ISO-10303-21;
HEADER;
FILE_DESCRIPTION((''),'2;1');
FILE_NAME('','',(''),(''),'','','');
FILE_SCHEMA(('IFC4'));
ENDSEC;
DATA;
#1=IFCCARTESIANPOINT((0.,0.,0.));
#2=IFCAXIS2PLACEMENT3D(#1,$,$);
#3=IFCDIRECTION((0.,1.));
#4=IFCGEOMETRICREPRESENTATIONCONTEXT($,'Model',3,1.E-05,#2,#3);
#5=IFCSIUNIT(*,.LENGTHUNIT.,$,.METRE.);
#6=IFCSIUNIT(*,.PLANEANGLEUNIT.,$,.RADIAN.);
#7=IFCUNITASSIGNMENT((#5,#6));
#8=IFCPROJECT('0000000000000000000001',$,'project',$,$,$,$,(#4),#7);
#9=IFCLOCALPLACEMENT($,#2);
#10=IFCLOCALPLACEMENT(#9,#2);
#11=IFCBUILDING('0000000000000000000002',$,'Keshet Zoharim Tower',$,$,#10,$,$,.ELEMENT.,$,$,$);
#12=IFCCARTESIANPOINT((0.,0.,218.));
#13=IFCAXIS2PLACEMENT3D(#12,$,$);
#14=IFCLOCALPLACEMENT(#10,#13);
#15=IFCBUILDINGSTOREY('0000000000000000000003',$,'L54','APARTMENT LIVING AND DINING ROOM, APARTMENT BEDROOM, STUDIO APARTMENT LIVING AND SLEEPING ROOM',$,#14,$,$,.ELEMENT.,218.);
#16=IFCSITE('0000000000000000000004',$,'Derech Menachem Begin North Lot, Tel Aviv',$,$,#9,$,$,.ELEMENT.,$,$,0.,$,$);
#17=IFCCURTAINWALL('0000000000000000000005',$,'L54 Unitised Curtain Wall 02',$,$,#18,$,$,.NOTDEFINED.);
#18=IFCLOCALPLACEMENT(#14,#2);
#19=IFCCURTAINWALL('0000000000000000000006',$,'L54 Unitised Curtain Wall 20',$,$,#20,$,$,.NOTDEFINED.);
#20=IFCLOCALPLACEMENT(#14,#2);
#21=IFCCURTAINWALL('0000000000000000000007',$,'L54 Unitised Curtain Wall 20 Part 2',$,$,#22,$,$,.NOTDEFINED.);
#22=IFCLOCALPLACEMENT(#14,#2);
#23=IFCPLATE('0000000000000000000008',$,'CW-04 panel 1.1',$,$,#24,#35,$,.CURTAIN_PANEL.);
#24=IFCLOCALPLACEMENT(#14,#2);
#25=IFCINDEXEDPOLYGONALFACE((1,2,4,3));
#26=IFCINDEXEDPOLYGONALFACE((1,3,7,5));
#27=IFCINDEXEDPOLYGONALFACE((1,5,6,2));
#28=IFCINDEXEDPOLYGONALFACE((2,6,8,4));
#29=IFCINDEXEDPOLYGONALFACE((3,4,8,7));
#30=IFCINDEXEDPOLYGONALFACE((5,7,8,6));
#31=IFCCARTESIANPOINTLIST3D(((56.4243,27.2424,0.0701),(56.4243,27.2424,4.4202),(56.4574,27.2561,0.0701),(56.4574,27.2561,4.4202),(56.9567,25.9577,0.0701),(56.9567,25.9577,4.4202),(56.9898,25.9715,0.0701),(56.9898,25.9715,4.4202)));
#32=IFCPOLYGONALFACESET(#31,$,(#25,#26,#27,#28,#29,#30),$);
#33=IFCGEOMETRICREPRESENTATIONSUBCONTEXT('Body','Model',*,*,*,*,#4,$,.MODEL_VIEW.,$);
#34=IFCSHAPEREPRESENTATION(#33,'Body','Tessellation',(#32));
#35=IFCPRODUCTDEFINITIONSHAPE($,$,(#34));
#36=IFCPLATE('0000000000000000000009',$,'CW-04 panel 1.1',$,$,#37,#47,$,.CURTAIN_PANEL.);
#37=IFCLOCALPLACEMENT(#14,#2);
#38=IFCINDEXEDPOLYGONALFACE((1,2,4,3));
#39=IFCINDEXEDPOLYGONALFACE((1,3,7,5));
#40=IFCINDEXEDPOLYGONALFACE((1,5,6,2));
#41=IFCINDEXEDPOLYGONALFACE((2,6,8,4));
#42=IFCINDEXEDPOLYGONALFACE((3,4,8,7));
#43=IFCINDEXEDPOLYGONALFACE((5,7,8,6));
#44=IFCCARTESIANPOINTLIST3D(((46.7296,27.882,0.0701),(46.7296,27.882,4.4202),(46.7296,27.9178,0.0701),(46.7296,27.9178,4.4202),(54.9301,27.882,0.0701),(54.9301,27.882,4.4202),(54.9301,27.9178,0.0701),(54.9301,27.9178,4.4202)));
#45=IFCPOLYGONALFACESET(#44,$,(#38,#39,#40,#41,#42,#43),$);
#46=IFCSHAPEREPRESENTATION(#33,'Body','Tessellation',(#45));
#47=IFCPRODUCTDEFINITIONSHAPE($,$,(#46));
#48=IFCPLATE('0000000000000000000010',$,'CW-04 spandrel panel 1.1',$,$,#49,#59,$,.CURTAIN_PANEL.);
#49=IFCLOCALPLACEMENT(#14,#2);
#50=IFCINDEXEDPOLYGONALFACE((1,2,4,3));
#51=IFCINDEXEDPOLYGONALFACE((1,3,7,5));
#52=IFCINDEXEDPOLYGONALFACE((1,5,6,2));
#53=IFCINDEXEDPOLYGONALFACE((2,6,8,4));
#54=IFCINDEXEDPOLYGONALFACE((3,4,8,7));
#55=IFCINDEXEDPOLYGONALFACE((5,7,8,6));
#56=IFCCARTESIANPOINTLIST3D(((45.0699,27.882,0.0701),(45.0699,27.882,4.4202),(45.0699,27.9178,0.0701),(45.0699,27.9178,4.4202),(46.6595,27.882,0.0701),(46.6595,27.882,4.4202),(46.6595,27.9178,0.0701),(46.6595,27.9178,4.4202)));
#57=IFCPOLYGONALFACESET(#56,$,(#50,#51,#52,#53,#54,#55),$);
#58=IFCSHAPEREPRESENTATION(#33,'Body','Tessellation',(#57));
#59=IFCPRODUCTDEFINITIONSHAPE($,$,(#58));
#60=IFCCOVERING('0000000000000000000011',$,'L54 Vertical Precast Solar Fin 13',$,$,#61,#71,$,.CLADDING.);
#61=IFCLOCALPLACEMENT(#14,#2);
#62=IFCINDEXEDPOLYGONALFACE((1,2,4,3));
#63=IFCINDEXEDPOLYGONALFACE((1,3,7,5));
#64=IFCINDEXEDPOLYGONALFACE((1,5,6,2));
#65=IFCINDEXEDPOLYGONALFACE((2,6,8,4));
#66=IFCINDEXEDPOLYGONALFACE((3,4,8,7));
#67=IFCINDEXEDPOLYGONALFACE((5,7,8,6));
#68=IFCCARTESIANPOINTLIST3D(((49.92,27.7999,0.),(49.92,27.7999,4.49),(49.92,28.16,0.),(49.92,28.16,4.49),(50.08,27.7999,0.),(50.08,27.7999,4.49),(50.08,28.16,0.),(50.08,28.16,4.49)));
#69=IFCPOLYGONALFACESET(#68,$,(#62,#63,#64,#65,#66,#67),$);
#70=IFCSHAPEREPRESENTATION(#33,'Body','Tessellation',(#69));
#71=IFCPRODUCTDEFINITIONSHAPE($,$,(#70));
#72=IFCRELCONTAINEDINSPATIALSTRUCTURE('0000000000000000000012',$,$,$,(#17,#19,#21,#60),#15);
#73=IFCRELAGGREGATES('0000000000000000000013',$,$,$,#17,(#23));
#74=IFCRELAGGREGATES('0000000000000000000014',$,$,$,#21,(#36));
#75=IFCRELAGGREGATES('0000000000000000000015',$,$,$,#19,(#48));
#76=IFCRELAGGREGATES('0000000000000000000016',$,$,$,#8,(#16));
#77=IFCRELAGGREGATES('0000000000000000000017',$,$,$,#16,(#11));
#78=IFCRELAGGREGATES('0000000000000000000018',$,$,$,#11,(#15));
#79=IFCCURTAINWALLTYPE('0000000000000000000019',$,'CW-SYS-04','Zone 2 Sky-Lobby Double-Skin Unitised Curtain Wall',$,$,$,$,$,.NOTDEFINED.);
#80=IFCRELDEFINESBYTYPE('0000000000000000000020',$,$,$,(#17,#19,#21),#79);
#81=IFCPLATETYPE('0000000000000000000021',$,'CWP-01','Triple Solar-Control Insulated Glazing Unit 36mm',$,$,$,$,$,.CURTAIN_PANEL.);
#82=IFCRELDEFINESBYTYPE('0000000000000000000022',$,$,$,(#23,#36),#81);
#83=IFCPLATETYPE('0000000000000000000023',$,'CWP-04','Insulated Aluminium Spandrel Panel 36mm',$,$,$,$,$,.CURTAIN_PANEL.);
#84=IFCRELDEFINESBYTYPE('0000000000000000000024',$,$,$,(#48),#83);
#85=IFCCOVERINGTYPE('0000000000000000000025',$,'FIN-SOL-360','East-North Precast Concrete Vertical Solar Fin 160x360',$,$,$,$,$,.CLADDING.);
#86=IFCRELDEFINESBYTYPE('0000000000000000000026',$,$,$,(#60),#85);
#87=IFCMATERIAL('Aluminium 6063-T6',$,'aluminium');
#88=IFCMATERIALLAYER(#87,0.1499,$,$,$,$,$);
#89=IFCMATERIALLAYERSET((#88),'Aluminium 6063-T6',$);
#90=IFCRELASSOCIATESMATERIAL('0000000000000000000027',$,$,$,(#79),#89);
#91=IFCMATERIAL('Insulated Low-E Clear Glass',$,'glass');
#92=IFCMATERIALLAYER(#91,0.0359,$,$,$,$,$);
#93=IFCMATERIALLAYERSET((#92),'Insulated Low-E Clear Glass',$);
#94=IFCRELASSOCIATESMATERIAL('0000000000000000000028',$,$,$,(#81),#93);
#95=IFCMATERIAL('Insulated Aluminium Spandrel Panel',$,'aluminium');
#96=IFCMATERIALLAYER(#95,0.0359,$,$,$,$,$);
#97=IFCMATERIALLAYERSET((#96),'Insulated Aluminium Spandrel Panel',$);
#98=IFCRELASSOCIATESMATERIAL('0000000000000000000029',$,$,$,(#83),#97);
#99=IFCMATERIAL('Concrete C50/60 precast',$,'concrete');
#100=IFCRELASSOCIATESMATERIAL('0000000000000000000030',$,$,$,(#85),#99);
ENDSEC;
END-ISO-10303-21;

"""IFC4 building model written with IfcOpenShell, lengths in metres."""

from ifc_helpers import new_model, si_unit, direction, frame, origin, origin_2d, place, context, subcontext, project, spatial, rectangle, extrude, material, layer, layer_set, type_object, element, aggregate, save


model = new_model("IFC4")

# Units and contexts
model_context = context("Model", 3, precision=1e-05, world=origin(), true_north=direction((0.0, 1.0)))
body_context = subcontext(model_context, "Body", "Model", "MODEL_VIEW")
ifc_project = project(units=[si_unit("LENGTHUNIT", "METRE"), si_unit("PLANEANGLEUNIT", "RADIAN")], contexts=[model_context])

# Site, building, storey
site_placement = place(None, origin())
site = spatial("IfcSite", under=ifc_project, at=site_placement, Name="Derech Menachem Begin North Lot, Tel Aviv", CompositionType="ELEMENT", RefElevation=0.0)
building_placement = place(site_placement, origin())
building = spatial("IfcBuilding", under=site, at=building_placement, Name="Keshet Zoharim Tower", CompositionType="ELEMENT")
storey_placement = place(building_placement, frame((0.0, 0.0, 218.0)))
storey = spatial("IfcBuildingStorey", under=building, at=storey_placement, Name="L54", Description="APARTMENT LIVING AND DINING ROOM, APARTMENT BEDROOM, STUDIO APARTMENT LIVING AND SLEEPING ROOM", CompositionType="ELEMENT", Elevation=218.0)

# Curtain wall
ifc_material_1 = material(Name="Aluminium 6063-T6", Category="aluminium")
ifc_layer_1 = layer(ifc_material_1, 0.1499)
ifc_layer_set_1 = layer_set([ifc_layer_1], Name="Aluminium 6063-T6")
curtain_wall_type = type_object("IfcCurtainWallType", Name="CW-SYS-04", Description="Zone 2 Sky-Lobby Double-Skin Unitised Curtain Wall", PredefinedType="NOTDEFINED", material=ifc_layer_set_1)
curtain_wall_1_placement = place(storey_placement, origin())
curtain_wall_1 = element("IfcCurtainWall", 1, at=curtain_wall_1_placement, inside=storey, type_object=curtain_wall_type, Name="L54 Unitised Curtain Wall 02", PredefinedType="NOTDEFINED")

# Curtain wall
curtain_wall_2_placement = place(storey_placement, origin())
curtain_wall_2 = element("IfcCurtainWall", 2, at=curtain_wall_2_placement, inside=storey, type_object=curtain_wall_type, Name="L54 Unitised Curtain Wall 20", PredefinedType="NOTDEFINED")

# Curtain wall
curtain_wall_3_placement = place(storey_placement, origin())
curtain_wall_3 = element("IfcCurtainWall", 3, at=curtain_wall_3_placement, inside=storey, type_object=curtain_wall_type, Name="L54 Unitised Curtain Wall 20 Part 2", PredefinedType="NOTDEFINED")

# Plates
ifc_material_2 = material(Name="Insulated Low-E Clear Glass", Category="glass")
ifc_layer_2 = layer(ifc_material_2, 0.0359)
ifc_layer_set_2 = layer_set([ifc_layer_2], Name="Insulated Low-E Clear Glass")
plate_type_1 = type_object("IfcPlateType", Name="CWP-01", Description="Triple Solar-Control Insulated Glazing Unit 36mm", PredefinedType="CURTAIN_PANEL", material=ifc_layer_set_2)
plate_1_placement = place(storey_placement, frame((56.707, 26.6069, 0.0701), z_axis=(0.0, 0.0, 1.0), x_axis=(0.382852, -0.92381, 0.0)))
plate_1 = element("IfcPlate", 4, at=plate_1_placement, type_object=plate_type_1, Name="CW-04 panel 1.1", PredefinedType="CURTAIN_PANEL", context=body_context, shape_type="SweptSolid", body=[
    extrude(rectangle(XDim=1.3906, YDim=0.0359, at=origin_2d()), origin(), (0.0, 0.0, 1.0), 4.3501),
])
aggregate(curtain_wall_1, [plate_1])
plate_2_placement = place(storey_placement, frame((50.8298, 27.8999, 0.0701), z_axis=(0.0, 0.0, 1.0), x_axis=(1.0, 0.0, 0.0)))
plate_2 = element("IfcPlate", 5, at=plate_2_placement, type_object=plate_type_1, Name="CW-04 panel 1.1", PredefinedType="CURTAIN_PANEL", context=body_context, shape_type="SweptSolid", body=[
    extrude(rectangle(XDim=8.2004, YDim=0.0359, at=origin_2d()), origin(), (0.0, 0.0, 1.0), 4.3501),
])
aggregate(curtain_wall_3, [plate_2])
ifc_material_3 = material(Name="Insulated Aluminium Spandrel Panel", Category="aluminium")
ifc_layer_3 = layer(ifc_material_3, 0.0359)
ifc_layer_set_3 = layer_set([ifc_layer_3], Name="Insulated Aluminium Spandrel Panel")
plate_type_2 = type_object("IfcPlateType", Name="CWP-04", Description="Insulated Aluminium Spandrel Panel 36mm", PredefinedType="CURTAIN_PANEL", material=ifc_layer_set_3)
plate_3_placement = place(storey_placement, frame((45.8647, 27.8999, 0.0701), z_axis=(0.0, 0.0, 1.0), x_axis=(1.0, 0.0, 0.0)))
plate_3 = element("IfcPlate", 6, at=plate_3_placement, type_object=plate_type_2, Name="CW-04 spandrel panel 1.1", PredefinedType="CURTAIN_PANEL", context=body_context, shape_type="SweptSolid", body=[
    extrude(rectangle(XDim=1.5896, YDim=0.0359, at=origin_2d()), origin(), (0.0, 0.0, 1.0), 4.3501),
])
aggregate(curtain_wall_2, [plate_3])

# Covering
ifc_material_4 = material(Name="Concrete C50/60 precast", Category="concrete")
covering_type = type_object("IfcCoveringType", Name="FIN-SOL-360", Description="East-North Precast Concrete Vertical Solar Fin 160x360", PredefinedType="CLADDING", material=ifc_material_4)
covering_placement = place(storey_placement, frame((50.0, 27.98, 0.0), z_axis=(0.0, 0.0, 1.0), x_axis=(1.0, 0.0, 0.0)))
element("IfcCovering", 7, at=covering_placement, inside=storey, type_object=covering_type, Name="L54 Vertical Precast Solar Fin 13", PredefinedType="CLADDING", context=body_context, shape_type="SweptSolid", body=[
    extrude(rectangle(XDim=0.1599, YDim=0.3601, at=origin_2d()), origin(), (0.0, 0.0, 1.0), 4.49),
])

save(model, "model.ifc")
